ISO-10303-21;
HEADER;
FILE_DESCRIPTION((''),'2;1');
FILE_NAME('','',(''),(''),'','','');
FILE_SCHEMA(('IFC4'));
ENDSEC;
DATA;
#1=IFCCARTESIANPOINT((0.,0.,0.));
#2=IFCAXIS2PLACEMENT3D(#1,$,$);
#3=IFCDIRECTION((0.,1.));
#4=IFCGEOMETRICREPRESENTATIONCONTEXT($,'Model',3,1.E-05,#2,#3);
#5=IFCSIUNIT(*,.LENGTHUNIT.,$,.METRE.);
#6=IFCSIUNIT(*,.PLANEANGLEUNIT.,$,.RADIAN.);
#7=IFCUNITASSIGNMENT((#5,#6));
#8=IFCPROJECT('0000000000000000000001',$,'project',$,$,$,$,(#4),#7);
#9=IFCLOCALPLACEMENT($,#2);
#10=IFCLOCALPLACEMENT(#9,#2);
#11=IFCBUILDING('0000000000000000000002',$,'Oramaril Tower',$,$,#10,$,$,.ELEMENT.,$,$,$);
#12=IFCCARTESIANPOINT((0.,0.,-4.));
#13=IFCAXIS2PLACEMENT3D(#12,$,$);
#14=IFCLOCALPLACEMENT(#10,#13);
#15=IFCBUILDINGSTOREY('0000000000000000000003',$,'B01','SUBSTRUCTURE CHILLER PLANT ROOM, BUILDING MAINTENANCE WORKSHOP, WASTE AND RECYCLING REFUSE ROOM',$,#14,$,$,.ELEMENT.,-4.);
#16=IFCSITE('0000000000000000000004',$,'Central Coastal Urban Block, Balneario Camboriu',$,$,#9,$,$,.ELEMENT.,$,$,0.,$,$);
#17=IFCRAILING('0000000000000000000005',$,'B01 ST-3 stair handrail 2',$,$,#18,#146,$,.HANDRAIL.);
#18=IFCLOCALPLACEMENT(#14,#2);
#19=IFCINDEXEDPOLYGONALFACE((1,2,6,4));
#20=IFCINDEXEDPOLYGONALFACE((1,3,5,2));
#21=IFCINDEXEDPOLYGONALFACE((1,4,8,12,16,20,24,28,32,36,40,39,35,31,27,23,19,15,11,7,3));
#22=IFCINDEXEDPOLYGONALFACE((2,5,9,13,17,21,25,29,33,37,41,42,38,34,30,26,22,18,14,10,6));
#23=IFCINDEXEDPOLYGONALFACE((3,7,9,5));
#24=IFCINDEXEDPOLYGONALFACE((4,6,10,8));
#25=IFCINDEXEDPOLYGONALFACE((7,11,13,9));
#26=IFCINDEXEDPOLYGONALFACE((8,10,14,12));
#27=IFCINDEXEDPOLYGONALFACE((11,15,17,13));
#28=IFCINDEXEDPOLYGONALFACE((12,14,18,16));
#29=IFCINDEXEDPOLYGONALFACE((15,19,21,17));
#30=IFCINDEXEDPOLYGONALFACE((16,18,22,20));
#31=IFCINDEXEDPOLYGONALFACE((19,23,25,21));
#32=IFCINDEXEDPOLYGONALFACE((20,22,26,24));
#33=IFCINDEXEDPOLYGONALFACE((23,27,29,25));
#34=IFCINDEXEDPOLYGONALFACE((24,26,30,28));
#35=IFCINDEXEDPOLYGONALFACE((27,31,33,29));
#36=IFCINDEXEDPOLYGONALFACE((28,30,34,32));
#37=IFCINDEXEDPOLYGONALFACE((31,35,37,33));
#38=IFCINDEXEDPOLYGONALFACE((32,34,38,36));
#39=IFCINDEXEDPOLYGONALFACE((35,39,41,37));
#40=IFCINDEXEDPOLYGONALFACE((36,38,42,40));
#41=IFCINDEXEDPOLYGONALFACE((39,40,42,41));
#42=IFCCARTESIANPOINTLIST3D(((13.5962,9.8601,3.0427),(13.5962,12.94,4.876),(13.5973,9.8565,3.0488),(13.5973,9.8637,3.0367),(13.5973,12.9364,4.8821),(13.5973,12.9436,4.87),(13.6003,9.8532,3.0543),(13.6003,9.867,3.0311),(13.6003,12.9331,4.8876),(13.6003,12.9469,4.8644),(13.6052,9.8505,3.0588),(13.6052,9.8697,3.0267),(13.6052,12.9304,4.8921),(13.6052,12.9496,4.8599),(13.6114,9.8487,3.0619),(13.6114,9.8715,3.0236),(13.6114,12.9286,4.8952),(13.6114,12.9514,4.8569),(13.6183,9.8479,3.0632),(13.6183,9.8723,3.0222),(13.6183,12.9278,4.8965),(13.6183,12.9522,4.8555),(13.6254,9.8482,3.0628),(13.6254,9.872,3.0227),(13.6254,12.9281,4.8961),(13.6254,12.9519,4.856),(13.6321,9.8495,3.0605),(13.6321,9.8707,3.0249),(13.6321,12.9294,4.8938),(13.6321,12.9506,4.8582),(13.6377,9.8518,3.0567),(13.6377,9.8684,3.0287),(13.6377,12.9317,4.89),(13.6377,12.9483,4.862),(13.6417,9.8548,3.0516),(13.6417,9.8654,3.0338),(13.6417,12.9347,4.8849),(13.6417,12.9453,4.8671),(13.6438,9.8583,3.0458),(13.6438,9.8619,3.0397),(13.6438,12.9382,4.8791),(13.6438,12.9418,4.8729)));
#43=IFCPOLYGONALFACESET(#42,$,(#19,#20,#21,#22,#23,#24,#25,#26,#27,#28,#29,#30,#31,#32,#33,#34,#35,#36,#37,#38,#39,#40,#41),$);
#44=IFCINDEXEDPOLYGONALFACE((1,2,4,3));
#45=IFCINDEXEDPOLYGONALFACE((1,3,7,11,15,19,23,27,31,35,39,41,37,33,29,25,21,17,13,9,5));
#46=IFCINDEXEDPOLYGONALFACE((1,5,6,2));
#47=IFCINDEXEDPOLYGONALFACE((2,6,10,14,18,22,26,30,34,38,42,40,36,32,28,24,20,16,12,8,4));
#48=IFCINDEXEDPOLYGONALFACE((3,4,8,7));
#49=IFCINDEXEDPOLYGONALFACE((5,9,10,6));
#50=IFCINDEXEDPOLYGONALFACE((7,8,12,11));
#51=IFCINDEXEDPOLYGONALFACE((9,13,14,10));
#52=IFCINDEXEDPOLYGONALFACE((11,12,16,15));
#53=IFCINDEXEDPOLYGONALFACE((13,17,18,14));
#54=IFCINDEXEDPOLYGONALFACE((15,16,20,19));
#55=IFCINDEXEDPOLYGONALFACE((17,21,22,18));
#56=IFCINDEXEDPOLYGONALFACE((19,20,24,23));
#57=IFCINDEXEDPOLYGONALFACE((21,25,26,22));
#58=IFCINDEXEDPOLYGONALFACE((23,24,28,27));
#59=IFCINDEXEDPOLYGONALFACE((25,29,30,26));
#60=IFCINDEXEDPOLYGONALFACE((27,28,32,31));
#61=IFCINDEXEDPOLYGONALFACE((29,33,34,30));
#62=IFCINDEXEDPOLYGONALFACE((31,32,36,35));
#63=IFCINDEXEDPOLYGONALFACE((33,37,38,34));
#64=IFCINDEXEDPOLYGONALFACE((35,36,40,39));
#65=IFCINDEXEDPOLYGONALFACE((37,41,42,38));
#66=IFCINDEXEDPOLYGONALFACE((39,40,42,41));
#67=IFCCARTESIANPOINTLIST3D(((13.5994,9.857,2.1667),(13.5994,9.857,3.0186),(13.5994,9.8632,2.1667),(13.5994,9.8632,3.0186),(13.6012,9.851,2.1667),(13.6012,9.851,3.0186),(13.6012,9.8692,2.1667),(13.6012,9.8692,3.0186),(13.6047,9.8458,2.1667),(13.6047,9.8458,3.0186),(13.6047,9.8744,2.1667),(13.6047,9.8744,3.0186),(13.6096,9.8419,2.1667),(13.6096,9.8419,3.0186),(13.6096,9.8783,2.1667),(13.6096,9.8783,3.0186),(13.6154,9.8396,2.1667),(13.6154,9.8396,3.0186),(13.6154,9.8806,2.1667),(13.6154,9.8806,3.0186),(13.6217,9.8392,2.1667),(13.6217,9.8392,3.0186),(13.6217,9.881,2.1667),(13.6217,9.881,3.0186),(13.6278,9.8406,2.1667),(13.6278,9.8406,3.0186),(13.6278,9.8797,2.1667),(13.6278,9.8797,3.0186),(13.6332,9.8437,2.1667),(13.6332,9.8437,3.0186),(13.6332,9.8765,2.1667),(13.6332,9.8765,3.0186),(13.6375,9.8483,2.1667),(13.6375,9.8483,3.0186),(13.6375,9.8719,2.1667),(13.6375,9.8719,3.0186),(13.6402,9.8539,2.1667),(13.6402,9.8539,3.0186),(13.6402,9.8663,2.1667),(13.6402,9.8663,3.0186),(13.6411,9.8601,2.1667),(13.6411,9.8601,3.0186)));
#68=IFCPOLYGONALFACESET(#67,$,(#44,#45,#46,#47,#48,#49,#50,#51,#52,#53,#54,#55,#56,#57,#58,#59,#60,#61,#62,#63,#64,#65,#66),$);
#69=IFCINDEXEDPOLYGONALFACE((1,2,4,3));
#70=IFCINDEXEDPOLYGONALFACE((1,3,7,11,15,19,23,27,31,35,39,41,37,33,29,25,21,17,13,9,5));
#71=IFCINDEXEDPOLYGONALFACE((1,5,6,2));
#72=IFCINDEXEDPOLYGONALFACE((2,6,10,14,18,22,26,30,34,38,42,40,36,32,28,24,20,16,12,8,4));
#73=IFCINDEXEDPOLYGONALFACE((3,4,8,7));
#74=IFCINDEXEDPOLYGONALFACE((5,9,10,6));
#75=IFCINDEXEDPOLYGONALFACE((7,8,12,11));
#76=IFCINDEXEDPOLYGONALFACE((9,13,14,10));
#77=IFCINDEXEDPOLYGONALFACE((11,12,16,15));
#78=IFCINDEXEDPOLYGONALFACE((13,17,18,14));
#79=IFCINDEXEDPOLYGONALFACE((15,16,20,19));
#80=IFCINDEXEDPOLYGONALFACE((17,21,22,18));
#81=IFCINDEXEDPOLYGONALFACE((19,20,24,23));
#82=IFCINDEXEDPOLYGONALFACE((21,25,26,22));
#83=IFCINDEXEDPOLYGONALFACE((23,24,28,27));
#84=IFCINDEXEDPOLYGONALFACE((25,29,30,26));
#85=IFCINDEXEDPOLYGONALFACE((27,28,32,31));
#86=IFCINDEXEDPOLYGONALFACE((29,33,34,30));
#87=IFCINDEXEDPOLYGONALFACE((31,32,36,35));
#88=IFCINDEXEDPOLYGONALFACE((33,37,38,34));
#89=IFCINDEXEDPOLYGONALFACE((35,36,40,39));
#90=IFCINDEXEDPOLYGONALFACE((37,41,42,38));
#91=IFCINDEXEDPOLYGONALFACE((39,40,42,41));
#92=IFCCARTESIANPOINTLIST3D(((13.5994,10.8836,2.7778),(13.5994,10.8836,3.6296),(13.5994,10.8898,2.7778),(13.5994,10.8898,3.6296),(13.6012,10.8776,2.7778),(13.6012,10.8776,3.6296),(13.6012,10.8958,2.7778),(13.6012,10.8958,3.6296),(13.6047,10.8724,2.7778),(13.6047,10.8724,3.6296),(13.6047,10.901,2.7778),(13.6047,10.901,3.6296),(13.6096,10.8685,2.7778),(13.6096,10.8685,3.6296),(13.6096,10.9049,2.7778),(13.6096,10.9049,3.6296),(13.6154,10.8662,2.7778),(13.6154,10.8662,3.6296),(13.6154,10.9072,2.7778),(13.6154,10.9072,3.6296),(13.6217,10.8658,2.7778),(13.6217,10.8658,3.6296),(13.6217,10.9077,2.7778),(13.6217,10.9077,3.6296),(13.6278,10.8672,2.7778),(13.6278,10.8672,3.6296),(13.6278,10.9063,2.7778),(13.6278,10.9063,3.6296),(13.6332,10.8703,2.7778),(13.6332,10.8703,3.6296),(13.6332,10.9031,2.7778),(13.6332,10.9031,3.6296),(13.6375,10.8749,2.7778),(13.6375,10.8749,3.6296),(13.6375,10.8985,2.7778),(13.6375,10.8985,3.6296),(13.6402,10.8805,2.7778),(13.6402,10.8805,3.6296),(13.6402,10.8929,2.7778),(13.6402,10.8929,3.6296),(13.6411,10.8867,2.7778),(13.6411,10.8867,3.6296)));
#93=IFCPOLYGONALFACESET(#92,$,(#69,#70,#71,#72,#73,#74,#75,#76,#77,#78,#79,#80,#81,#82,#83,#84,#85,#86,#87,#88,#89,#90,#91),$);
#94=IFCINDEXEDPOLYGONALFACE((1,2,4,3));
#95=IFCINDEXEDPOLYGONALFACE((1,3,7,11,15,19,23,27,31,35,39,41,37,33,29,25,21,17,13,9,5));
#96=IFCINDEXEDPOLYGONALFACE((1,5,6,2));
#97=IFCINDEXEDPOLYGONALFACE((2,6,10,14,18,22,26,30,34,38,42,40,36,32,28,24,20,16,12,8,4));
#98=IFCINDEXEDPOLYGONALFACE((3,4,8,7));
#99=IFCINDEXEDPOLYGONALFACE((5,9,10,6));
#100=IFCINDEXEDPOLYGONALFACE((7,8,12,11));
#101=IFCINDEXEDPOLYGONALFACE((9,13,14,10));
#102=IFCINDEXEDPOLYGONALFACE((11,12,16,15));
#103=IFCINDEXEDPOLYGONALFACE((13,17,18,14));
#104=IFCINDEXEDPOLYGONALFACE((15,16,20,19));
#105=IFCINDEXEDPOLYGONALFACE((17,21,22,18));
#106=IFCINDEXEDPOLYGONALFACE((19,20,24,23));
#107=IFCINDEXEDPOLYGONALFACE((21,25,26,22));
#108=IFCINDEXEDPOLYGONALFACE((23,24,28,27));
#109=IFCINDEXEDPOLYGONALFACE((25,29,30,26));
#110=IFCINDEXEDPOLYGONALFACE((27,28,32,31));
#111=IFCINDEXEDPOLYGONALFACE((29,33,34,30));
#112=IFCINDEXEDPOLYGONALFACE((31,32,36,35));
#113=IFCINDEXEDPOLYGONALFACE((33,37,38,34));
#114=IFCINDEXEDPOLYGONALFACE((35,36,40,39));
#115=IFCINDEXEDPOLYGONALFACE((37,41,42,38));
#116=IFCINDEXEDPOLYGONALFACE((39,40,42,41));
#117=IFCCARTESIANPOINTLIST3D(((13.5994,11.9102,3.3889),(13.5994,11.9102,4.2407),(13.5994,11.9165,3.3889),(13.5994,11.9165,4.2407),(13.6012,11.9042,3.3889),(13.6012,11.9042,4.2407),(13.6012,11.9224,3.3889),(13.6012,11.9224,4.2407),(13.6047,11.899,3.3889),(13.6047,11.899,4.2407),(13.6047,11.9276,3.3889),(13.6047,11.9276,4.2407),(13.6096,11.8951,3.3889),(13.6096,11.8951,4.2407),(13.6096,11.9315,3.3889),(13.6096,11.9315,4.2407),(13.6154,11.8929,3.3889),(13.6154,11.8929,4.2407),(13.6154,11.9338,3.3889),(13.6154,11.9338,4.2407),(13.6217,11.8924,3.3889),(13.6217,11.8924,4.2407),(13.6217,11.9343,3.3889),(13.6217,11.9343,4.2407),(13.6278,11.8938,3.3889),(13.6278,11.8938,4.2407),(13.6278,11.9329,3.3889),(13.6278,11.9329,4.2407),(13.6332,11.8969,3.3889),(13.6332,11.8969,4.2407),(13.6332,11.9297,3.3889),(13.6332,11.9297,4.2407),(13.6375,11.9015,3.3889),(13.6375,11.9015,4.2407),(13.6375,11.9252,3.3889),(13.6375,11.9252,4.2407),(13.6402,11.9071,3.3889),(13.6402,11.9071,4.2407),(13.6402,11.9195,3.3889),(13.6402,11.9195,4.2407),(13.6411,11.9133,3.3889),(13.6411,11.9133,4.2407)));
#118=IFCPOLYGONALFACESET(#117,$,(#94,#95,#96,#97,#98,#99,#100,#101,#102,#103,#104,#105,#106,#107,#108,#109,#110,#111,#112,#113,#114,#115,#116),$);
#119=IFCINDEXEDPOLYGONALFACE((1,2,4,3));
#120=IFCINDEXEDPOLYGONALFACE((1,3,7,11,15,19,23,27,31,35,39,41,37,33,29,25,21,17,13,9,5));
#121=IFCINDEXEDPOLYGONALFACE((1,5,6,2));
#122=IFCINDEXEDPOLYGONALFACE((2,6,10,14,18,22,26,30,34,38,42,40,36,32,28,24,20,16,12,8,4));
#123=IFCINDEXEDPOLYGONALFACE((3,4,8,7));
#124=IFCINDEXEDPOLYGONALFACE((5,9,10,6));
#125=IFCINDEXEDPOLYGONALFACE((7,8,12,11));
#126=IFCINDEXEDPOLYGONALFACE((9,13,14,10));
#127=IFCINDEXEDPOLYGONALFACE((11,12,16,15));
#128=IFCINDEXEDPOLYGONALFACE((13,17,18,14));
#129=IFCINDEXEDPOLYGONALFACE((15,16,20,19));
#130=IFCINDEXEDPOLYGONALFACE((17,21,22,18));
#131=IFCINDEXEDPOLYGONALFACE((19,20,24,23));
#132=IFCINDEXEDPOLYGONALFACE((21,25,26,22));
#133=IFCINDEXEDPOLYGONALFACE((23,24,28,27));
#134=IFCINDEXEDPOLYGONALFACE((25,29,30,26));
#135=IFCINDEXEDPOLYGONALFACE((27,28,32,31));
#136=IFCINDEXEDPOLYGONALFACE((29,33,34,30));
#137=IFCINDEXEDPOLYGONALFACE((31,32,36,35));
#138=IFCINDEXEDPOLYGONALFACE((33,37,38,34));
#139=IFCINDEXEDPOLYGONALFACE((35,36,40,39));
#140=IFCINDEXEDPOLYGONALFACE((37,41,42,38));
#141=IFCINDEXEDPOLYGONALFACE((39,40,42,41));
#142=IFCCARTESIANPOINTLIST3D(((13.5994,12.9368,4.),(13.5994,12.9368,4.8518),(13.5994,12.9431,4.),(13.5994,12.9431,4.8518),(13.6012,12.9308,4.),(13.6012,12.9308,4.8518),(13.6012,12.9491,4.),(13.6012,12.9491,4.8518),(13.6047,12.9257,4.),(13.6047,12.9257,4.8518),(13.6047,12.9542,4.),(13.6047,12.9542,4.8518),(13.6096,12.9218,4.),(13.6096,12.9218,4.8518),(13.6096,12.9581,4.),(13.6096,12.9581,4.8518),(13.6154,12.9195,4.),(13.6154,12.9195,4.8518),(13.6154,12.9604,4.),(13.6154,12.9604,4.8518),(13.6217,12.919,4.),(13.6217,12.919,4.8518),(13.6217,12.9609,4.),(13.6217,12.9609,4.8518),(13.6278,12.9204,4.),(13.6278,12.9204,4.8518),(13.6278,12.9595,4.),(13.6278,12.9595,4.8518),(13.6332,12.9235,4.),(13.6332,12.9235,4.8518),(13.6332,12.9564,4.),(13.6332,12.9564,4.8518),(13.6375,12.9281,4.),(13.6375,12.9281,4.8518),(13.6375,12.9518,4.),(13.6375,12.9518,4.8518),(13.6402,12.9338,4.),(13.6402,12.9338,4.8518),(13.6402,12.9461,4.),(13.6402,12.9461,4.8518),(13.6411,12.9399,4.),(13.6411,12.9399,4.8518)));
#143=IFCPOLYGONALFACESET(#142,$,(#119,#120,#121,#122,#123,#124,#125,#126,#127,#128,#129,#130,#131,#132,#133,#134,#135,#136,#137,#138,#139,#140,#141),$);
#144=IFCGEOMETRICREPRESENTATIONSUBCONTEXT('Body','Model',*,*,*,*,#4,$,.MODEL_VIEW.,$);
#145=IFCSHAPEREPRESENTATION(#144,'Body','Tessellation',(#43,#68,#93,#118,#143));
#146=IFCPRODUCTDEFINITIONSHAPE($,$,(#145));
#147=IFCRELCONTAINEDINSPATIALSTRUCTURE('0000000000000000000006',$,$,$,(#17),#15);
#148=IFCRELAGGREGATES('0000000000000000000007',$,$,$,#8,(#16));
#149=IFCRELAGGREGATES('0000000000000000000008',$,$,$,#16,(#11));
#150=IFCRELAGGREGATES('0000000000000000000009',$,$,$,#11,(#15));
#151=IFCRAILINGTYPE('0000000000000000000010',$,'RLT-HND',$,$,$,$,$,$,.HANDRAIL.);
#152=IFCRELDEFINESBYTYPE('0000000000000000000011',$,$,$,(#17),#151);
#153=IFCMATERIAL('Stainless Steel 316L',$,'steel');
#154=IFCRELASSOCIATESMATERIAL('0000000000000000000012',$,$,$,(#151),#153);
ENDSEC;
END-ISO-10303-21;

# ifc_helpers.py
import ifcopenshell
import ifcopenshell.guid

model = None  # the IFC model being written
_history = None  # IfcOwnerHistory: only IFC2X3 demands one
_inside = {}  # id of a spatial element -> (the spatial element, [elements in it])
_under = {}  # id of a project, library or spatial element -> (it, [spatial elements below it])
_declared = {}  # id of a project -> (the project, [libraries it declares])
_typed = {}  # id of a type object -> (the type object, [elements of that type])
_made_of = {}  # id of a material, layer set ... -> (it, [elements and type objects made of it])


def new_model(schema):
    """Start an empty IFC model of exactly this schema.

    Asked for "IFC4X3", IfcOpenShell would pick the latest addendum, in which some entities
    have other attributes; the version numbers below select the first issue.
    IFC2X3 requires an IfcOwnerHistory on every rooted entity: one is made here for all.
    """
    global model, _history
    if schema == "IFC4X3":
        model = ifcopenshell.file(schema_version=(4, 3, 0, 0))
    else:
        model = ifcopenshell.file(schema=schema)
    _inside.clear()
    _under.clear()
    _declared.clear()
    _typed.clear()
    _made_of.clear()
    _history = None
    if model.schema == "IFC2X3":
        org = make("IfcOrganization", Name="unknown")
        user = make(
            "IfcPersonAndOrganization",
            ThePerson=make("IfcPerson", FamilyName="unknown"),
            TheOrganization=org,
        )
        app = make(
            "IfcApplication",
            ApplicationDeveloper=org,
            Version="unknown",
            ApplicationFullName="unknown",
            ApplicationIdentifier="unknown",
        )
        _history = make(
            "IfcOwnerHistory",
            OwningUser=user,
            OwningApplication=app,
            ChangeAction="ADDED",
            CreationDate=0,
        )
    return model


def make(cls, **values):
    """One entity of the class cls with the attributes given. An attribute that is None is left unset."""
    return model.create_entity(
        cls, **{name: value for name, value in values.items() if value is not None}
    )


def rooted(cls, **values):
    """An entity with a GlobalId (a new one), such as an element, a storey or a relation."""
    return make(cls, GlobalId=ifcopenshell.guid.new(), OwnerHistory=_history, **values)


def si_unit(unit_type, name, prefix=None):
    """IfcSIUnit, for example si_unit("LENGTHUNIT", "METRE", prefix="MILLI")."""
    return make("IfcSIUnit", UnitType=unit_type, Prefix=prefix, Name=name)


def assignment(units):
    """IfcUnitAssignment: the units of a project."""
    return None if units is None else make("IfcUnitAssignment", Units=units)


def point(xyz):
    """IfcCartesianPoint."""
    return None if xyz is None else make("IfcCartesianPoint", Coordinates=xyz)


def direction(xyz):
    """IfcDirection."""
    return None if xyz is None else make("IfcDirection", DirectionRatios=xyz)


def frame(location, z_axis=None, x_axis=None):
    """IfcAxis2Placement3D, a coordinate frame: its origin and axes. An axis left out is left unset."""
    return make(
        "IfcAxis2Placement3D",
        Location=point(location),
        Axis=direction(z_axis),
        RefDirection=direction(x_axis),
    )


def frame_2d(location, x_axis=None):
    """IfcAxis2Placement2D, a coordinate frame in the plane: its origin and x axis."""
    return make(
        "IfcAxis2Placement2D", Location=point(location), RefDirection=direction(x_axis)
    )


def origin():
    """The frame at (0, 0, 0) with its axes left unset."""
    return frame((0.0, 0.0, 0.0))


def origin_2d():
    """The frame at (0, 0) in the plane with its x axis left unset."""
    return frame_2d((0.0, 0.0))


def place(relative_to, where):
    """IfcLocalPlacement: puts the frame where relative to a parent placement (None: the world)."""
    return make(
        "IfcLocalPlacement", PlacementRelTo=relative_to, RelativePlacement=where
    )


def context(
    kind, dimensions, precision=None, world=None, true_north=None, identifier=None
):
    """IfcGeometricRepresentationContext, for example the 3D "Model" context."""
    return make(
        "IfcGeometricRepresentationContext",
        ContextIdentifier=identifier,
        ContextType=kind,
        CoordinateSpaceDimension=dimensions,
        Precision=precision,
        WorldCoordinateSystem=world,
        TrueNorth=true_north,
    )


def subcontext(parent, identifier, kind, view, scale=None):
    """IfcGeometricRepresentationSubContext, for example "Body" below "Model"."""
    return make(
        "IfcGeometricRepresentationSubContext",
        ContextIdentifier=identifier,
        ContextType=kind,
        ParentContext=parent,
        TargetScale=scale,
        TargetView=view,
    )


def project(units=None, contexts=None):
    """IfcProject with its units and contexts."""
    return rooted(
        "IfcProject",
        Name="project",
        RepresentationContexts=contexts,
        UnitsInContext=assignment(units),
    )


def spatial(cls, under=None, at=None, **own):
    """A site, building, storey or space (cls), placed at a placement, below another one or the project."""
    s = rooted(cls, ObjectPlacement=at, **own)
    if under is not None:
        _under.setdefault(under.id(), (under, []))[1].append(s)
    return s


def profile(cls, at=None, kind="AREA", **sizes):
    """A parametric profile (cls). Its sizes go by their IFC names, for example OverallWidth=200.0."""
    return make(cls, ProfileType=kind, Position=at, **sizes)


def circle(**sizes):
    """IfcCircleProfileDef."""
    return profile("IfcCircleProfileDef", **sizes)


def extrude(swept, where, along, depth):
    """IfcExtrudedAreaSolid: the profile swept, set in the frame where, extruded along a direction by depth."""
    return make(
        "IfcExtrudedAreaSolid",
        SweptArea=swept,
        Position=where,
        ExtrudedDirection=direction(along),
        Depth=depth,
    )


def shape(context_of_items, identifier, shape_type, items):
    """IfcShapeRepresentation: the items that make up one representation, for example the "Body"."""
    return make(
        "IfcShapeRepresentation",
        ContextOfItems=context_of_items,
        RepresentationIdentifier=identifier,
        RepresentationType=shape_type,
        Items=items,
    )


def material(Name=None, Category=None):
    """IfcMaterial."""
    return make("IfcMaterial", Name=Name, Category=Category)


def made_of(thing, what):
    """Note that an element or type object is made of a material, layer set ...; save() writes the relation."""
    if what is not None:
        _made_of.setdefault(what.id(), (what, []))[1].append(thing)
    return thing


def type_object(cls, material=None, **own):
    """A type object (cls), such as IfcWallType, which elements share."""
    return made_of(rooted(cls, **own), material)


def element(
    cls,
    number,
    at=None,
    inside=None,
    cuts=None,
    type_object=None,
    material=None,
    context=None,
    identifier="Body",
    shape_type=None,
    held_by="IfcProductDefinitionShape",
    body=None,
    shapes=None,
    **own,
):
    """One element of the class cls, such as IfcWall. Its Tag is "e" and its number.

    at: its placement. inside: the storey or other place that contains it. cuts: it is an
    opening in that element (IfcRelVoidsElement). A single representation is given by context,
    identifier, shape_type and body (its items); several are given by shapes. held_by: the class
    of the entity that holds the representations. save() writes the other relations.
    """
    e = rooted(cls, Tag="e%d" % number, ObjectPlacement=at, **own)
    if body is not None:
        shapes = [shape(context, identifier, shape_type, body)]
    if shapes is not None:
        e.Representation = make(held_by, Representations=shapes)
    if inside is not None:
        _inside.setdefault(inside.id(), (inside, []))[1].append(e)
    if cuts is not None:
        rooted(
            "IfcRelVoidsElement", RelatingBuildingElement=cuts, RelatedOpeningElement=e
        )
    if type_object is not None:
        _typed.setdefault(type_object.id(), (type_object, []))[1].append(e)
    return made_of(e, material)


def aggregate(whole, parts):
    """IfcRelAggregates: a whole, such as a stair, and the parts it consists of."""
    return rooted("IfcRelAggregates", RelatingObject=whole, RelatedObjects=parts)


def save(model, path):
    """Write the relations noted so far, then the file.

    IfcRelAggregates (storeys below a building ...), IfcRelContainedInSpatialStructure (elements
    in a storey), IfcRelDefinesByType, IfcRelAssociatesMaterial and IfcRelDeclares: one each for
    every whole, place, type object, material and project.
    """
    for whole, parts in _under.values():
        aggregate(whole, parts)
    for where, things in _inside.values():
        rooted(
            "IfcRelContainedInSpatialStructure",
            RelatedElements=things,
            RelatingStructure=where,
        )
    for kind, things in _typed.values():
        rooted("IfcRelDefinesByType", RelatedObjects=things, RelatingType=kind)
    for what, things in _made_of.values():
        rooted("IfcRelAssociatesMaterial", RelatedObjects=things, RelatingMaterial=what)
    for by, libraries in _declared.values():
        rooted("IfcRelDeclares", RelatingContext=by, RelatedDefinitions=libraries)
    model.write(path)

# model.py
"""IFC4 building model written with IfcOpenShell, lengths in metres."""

from ifc_helpers import new_model, si_unit, direction, frame, origin, origin_2d, place, context, subcontext, project, spatial, circle, extrude, material, type_object, element, save


model = new_model("IFC4")

# Units and contexts
model_context = context("Model", 3, precision=1e-05, world=origin(), true_north=direction((0.0, 1.0)))
body_context = subcontext(model_context, "Body", "Model", "MODEL_VIEW")
ifc_project = project(units=[si_unit("LENGTHUNIT", "METRE"), si_unit("PLANEANGLEUNIT", "RADIAN")], contexts=[model_context])

# Site, building, storey
site_placement = place(None, origin())
site = spatial("IfcSite", under=ifc_project, at=site_placement, Name="Central Coastal Urban Block, Balneario Camboriu", CompositionType="ELEMENT", RefElevation=0.0)
building_placement = place(site_placement, origin())
building = spatial("IfcBuilding", under=site, at=building_placement, Name="Oramaril Tower", CompositionType="ELEMENT")
storey_placement = place(building_placement, frame((0.0, 0.0, -4.0)))
storey = spatial("IfcBuildingStorey", under=building, at=storey_placement, Name="B01", Description="SUBSTRUCTURE CHILLER PLANT ROOM, BUILDING MAINTENANCE WORKSHOP, WASTE AND RECYCLING REFUSE ROOM", CompositionType="ELEMENT", Elevation=-4.0)

# Railing
ifc_material_1 = material(Name="Stainless Steel 316L", Category="steel")
railing_type_1 = type_object("IfcRailingType", Name="RLT-HND", PredefinedType="HANDRAIL", material=ifc_material_1)
railing_1_placement = place(storey_placement, frame((13.6201, 9.8601, 2.1667)))
element("IfcRailing", 1, at=railing_1_placement, inside=storey, type_object=railing_type_1, Name="B01 ST-3 stair handrail 2", PredefinedType="HANDRAIL", context=body_context, shape_type="SweptSolid", body=[
    extrude(circle(Radius=0.0239, at=origin_2d()), frame((0.0, 0.0, 0.876), z_axis=(0.0, 0.859291, 0.511487), x_axis=(-1.0, 0.0, 0.0)), (0.0, 0.0, 1.0), 3.5842),
    extrude(circle(Radius=0.021, at=origin_2d()), origin(), (0.0, 0.0, 1.0), 0.8518),
    extrude(circle(Radius=0.021, at=origin_2d()), frame((0.0, 1.0266, 0.6111)), (0.0, 0.0, 1.0), 0.8518),
    extrude(circle(Radius=0.021, at=origin_2d()), frame((0.0, 2.0532, 1.2222)), (0.0, 0.0, 1.0), 0.8518),
    extrude(circle(Radius=0.021, at=origin_2d()), frame((0.0, 3.0798, 1.8333)), (0.0, 0.0, 1.0), 0.8518),
])

save(model, "model.ifc")
